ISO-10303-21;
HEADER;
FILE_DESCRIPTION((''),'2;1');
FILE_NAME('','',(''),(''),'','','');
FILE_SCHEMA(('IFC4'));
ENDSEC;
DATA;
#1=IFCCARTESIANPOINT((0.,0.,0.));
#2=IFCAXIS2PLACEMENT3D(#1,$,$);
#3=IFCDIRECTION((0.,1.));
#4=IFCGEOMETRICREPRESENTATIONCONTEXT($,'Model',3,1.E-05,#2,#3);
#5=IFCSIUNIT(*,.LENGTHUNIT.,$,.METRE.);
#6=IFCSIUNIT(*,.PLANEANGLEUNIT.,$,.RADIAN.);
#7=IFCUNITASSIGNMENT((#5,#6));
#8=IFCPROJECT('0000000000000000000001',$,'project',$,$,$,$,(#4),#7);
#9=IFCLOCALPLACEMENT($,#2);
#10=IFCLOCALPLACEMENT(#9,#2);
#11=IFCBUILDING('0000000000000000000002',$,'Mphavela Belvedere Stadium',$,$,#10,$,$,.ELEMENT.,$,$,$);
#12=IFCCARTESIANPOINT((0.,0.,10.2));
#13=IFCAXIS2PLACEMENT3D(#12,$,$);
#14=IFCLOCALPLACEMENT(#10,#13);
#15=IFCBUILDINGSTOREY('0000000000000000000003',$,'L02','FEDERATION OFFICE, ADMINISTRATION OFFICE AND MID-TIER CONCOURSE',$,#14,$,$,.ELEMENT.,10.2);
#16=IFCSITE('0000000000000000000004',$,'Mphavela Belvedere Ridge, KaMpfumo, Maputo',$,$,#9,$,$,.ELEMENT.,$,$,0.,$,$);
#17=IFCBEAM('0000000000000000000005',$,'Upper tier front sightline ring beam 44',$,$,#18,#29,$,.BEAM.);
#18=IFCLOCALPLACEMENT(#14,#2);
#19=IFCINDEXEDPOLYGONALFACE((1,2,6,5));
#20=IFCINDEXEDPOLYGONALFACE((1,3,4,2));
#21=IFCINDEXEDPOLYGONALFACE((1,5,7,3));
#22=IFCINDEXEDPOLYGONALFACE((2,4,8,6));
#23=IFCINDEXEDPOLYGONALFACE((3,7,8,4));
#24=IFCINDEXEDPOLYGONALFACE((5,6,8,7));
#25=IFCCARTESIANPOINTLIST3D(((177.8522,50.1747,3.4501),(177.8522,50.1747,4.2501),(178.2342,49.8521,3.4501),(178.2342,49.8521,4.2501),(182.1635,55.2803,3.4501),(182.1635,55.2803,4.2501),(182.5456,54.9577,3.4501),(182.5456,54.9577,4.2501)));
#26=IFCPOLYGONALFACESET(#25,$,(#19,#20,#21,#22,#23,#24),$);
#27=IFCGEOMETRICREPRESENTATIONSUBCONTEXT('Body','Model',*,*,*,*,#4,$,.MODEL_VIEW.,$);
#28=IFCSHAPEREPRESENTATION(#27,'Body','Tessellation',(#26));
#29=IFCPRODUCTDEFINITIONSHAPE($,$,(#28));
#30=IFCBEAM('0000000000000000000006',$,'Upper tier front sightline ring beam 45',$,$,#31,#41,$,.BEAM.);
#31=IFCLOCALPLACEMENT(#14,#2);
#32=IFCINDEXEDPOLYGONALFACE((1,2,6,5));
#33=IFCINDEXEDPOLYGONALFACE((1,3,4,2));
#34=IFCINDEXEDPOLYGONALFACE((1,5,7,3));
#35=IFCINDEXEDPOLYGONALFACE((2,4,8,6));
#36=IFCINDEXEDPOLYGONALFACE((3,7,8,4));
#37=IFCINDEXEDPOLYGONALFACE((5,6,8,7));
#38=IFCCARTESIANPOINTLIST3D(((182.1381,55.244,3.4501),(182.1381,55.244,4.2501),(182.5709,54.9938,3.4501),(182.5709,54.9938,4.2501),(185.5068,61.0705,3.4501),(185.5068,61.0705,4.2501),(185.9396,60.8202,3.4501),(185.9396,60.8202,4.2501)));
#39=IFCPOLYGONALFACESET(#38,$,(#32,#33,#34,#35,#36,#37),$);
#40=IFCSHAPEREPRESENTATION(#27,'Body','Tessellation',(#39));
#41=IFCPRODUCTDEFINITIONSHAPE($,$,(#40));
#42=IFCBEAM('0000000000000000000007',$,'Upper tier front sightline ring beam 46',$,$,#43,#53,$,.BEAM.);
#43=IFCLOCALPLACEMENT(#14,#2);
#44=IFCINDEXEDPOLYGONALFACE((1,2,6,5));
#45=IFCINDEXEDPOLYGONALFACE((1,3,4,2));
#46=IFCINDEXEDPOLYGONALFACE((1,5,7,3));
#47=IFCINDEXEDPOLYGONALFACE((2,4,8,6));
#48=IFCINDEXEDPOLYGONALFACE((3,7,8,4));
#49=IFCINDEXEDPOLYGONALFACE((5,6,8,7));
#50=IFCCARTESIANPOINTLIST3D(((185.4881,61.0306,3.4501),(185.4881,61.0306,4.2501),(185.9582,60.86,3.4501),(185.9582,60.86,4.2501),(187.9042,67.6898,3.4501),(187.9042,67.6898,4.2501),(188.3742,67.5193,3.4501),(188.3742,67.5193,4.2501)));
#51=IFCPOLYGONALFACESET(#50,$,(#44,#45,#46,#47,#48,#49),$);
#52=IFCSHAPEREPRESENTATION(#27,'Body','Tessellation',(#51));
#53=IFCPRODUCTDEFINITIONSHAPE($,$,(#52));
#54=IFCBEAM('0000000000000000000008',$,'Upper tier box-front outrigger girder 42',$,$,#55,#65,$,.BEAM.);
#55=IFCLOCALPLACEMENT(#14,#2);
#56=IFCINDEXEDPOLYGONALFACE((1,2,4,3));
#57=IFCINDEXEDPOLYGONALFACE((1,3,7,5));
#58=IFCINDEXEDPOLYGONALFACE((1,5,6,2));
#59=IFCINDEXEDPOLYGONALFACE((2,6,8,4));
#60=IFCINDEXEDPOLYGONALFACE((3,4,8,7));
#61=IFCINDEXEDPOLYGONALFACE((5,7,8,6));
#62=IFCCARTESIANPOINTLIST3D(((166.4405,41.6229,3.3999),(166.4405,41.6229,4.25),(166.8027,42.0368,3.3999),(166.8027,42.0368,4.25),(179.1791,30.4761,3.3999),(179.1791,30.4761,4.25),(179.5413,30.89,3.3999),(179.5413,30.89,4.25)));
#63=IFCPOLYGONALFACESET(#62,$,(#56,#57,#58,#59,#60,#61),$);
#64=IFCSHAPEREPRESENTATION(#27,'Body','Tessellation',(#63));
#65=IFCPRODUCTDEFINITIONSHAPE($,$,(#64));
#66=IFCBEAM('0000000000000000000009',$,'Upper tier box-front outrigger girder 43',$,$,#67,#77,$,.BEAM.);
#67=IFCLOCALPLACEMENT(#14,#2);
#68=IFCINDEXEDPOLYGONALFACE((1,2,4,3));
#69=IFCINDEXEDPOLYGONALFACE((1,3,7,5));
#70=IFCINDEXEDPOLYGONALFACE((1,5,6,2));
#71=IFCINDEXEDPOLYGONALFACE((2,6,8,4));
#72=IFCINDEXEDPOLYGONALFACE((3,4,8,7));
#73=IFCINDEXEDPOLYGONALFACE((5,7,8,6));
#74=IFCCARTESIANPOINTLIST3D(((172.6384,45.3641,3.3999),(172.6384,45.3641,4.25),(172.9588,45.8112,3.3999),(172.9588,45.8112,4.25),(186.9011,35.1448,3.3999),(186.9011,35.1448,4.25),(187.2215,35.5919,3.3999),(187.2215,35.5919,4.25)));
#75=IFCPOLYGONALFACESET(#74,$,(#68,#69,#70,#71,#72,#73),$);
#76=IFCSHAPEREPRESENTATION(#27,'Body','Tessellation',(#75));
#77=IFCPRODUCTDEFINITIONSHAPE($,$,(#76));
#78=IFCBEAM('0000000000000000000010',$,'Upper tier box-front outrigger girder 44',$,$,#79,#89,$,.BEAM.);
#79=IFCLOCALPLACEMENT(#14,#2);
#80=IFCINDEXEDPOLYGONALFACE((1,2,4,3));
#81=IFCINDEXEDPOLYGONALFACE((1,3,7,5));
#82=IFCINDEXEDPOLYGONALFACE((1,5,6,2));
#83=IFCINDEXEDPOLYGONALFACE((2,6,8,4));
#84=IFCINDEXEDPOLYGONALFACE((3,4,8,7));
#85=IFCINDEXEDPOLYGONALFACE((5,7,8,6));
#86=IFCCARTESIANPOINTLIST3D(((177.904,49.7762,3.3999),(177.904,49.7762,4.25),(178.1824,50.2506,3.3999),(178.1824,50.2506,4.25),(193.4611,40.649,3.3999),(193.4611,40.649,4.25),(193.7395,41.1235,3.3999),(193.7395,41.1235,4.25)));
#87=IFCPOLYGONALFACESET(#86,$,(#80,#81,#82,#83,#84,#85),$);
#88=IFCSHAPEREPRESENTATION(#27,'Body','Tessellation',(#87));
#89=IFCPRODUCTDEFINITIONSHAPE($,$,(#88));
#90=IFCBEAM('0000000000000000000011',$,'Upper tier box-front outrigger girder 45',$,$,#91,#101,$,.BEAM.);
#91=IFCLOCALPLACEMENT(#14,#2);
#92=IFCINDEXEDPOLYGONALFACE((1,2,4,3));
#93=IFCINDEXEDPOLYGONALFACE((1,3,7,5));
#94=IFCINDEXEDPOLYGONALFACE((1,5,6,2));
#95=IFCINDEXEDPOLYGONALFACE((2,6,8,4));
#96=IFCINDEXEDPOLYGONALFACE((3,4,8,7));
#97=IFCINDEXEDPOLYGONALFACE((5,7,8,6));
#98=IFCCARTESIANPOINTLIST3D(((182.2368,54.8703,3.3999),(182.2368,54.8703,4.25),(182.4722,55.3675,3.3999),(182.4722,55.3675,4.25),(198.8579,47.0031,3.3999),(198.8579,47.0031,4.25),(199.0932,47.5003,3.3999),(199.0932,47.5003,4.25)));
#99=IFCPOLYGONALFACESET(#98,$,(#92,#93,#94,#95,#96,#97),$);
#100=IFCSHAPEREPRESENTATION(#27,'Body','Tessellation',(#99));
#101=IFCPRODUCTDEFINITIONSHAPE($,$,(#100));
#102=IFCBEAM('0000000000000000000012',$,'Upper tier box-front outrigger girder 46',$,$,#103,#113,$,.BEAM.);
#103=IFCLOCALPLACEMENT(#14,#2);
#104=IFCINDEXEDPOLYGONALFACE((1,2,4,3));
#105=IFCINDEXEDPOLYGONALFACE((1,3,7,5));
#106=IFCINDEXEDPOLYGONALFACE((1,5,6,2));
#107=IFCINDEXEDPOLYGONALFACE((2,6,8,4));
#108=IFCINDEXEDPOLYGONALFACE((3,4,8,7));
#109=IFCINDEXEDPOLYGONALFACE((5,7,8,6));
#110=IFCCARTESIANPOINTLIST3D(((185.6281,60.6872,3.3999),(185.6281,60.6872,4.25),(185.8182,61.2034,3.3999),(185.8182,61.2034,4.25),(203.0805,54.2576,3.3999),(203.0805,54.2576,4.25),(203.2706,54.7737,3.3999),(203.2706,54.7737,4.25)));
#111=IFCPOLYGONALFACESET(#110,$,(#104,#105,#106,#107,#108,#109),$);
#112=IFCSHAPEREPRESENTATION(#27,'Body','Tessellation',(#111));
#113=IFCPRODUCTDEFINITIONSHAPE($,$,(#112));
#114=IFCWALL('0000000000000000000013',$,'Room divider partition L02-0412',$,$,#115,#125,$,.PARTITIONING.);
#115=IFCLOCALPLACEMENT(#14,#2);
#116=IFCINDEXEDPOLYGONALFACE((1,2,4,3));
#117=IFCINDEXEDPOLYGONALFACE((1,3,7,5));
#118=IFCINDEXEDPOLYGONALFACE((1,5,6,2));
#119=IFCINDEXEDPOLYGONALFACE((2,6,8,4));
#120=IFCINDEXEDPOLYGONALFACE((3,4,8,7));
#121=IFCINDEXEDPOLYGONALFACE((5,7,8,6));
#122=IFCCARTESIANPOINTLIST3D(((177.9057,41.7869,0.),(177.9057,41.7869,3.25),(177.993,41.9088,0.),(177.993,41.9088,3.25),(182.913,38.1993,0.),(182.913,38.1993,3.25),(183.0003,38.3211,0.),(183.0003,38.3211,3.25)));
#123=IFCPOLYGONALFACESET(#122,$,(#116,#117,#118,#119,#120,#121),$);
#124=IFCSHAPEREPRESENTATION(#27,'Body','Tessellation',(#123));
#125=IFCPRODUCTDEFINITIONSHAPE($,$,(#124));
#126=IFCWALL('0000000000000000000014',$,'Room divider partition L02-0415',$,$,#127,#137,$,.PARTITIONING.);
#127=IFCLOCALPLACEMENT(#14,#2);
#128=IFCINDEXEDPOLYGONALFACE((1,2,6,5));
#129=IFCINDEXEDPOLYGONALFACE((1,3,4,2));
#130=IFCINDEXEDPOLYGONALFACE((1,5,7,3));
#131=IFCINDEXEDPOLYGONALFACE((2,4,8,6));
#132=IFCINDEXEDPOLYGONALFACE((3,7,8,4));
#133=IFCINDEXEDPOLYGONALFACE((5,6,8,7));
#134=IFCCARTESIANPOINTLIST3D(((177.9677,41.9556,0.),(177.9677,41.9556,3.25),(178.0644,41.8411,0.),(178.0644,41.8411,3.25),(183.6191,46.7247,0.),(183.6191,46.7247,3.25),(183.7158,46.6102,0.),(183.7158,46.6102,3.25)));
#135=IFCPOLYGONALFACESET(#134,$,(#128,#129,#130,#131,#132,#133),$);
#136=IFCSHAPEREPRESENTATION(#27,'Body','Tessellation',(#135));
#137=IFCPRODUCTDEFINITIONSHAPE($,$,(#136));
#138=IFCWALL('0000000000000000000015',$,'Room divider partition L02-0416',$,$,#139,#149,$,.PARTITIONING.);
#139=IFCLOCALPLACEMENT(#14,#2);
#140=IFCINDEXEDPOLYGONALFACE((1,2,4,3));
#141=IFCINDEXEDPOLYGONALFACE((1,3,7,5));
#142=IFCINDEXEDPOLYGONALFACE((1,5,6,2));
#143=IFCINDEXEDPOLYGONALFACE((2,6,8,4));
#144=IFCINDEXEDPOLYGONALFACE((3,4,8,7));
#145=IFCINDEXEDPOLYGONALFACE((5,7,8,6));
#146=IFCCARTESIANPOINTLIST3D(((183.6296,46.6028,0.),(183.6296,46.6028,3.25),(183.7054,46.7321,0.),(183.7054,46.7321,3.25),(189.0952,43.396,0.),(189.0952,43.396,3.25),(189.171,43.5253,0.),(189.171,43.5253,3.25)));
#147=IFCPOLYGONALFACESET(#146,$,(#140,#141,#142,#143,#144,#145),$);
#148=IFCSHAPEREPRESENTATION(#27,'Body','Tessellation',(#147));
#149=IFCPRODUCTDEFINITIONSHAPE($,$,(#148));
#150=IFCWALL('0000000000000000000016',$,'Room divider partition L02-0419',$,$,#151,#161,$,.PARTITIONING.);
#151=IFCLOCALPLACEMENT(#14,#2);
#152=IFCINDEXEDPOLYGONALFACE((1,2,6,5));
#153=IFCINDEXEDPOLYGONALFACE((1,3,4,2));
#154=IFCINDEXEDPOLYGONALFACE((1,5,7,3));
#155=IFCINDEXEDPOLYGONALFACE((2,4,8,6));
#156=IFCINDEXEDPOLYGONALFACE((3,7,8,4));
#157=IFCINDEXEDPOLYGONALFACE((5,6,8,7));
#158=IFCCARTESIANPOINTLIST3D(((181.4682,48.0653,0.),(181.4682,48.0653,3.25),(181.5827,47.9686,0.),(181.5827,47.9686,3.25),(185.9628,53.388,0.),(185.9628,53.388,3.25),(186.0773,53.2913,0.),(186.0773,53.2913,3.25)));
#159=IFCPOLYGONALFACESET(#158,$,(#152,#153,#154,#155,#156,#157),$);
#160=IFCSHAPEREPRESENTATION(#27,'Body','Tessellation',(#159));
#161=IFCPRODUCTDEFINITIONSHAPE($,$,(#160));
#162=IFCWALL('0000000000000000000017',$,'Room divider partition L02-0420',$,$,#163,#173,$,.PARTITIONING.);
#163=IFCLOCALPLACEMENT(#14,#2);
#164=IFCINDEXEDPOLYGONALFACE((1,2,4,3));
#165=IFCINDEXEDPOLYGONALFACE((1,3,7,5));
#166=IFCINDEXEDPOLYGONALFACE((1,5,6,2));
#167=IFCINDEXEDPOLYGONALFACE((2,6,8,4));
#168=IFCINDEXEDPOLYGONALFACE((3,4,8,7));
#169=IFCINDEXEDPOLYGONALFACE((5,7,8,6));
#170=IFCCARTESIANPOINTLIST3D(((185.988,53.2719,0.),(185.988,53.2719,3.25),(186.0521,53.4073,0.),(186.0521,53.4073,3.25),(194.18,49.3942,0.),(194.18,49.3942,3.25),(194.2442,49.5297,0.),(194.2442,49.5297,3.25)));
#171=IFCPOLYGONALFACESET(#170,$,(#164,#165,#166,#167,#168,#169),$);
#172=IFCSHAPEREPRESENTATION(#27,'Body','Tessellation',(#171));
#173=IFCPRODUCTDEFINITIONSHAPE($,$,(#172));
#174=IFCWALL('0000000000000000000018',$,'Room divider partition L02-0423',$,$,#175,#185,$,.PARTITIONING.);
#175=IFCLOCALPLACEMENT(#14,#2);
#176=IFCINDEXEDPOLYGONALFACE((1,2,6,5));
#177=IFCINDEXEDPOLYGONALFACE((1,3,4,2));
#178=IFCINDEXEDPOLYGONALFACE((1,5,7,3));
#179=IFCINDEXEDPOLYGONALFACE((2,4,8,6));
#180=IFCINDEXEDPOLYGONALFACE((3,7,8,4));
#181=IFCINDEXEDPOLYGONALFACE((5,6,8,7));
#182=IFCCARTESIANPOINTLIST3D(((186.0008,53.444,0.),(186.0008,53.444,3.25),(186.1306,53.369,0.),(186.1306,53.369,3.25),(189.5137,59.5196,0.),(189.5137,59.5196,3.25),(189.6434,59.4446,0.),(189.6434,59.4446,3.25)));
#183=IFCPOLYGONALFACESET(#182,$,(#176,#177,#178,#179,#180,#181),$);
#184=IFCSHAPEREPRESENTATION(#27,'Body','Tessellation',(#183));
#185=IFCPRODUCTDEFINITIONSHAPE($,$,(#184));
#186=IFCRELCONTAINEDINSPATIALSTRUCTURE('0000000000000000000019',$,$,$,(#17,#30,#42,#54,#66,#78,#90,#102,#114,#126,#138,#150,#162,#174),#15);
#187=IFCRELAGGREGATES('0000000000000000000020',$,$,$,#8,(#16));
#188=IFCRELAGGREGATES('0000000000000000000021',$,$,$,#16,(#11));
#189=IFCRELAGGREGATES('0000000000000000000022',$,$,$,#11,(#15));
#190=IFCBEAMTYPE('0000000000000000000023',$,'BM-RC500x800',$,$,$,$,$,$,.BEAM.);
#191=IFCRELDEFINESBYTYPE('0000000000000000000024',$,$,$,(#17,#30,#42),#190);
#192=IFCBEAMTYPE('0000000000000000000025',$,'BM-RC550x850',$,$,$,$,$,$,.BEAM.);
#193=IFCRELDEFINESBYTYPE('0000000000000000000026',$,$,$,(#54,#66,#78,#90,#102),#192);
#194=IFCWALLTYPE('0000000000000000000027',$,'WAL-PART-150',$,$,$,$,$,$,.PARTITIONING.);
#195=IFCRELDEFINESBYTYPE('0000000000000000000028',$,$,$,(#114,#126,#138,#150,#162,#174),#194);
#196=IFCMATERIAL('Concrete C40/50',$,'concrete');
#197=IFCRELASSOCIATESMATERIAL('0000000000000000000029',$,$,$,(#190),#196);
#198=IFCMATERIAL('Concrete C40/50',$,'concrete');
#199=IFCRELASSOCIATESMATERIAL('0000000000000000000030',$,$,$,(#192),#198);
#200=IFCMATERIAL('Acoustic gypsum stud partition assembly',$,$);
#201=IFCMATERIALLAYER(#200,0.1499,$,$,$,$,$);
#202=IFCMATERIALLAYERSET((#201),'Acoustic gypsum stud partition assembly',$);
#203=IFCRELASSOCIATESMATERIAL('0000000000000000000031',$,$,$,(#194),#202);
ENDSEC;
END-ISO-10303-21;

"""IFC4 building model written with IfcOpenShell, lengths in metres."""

from ifc_helpers import new_model, si_unit, direction, frame, frame_2d, origin, origin_2d, place, context, subcontext, project, spatial, rectangle, extrude, material, layer, layer_set, material_profile, profile_set, type_object, element, save


model = new_model("IFC4")

# Units and contexts
model_context = context("Model", 3, precision=1e-05, world=origin(), true_north=direction((0.0, 1.0)))
body_context = subcontext(model_context, "Body", "Model", "MODEL_VIEW")
ifc_project = project(units=[si_unit("LENGTHUNIT", "METRE"), si_unit("PLANEANGLEUNIT", "RADIAN")], contexts=[model_context])

# Site, building, storey
site_placement = place(None, origin())
site = spatial("IfcSite", under=ifc_project, at=site_placement, Name="Mphavela Belvedere Ridge, KaMpfumo, Maputo", CompositionType="ELEMENT", RefElevation=0.0)
building_placement = place(site_placement, origin())
building = spatial("IfcBuilding", under=site, at=building_placement, Name="Mphavela Belvedere Stadium", CompositionType="ELEMENT")
storey_placement = place(building_placement, frame((0.0, 0.0, 10.2)))
storey = spatial("IfcBuildingStorey", under=building, at=storey_placement, Name="L02", Description="FEDERATION OFFICE, ADMINISTRATION OFFICE AND MID-TIER CONCOURSE", CompositionType="ELEMENT", Elevation=10.2)

# Beams
ifc_material_1 = material(Name="Concrete C40/50", Category="concrete")
ifc_material_profile_1 = material_profile(ifc_material_1, rectangle(XDim=0.5, YDim=0.8, at=origin_2d()), Name="RC 500x800")
ifc_profile_set_1 = profile_set([ifc_material_profile_1], Name="Concrete C40/50")
beam_type_1 = type_object("IfcBeamType", Name="BM-RC500x800", PredefinedType="BEAM", material=ifc_profile_set_1)
beam_1_placement = place(storey_placement, frame((178.0432, 50.0134, 3.8501), z_axis=(0.64518, 0.76403, 0.0), x_axis=(-0.76403, 0.64518, 0.0)))
element("IfcBeam", 1, at=beam_1_placement, inside=storey, type_object=beam_type_1, Name="Upper tier front sightline ring beam 44", PredefinedType="BEAM", context=body_context, shape_type="SweptSolid", body=[
    extrude(rectangle(XDim=0.5, YDim=0.8, at=origin_2d()), origin(), (0.0, 0.0, 1.0), 6.6824),
])
beam_2_placement = place(storey_placement, frame((182.3545, 55.1189, 3.8501), z_axis=(0.500531, 0.865718, 0.0), x_axis=(-0.865718, 0.500531, 0.0)))
element("IfcBeam", 2, at=beam_2_placement, inside=storey, type_object=beam_type_1, Name="Upper tier front sightline ring beam 45", PredefinedType="BEAM", context=body_context, shape_type="SweptSolid", body=[
    extrude(rectangle(XDim=0.5, YDim=0.8, at=origin_2d()), origin(), (0.0, 0.0, 1.0), 6.7302),
])
beam_3_placement = place(storey_placement, frame((185.7231, 60.9453, 3.8501), z_axis=(0.341057, 0.940043, 0.0), x_axis=(-0.940043, 0.341057, 0.0)))
element("IfcBeam", 3, at=beam_3_placement, inside=storey, type_object=beam_type_1, Name="Upper tier front sightline ring beam 46", PredefinedType="BEAM", context=body_context, shape_type="SweptSolid", body=[
    extrude(rectangle(XDim=0.5, YDim=0.8, at=origin_2d()), origin(), (0.0, 0.0, 1.0), 7.084),
])
ifc_material_2 = material(Name="Concrete C40/50", Category="concrete")
ifc_material_profile_2 = material_profile(ifc_material_2, rectangle(XDim=0.55, YDim=0.8501, at=origin_2d()), Name="RC 550x850")
ifc_profile_set_2 = profile_set([ifc_material_profile_2], Name="Concrete C40/50")
beam_type_2 = type_object("IfcBeamType", Name="BM-RC550x850", PredefinedType="BEAM", material=ifc_profile_set_2)
beam_4_placement = place(storey_placement, frame((166.6216, 41.8298, 3.825), z_axis=(0.752562, -0.658522, 0.0), x_axis=(0.658522, 0.752562, 0.0)))
element("IfcBeam", 4, at=beam_4_placement, inside=storey, type_object=beam_type_2, Name="Upper tier box-front outrigger girder 42", PredefinedType="BEAM", context=body_context, shape_type="SweptSolid", body=[
    extrude(rectangle(XDim=0.55, YDim=0.8501, at=origin_2d()), origin(), (0.0, 0.0, 1.0), 16.927),
])
beam_5_placement = place(storey_placement, frame((172.7986, 45.5876, 3.825), z_axis=(0.812881, -0.58243, 0.0), x_axis=(0.58243, 0.812881, 0.0)))
element("IfcBeam", 5, at=beam_5_placement, inside=storey, type_object=beam_type_2, Name="Upper tier box-front outrigger girder 43", PredefinedType="BEAM", context=body_context, shape_type="SweptSolid", body=[
    extrude(rectangle(XDim=0.55, YDim=0.8501, at=origin_2d()), origin(), (0.0, 0.0, 1.0), 17.5459),
])
beam_6_placement = place(storey_placement, frame((178.0432, 50.0134, 3.825), z_axis=(0.862516, -0.506029, 0.0), x_axis=(0.506029, 0.862516, 0.0)))
element("IfcBeam", 6, at=beam_6_placement, inside=storey, type_object=beam_type_2, Name="Upper tier box-front outrigger girder 44", PredefinedType="BEAM", context=body_context, shape_type="SweptSolid", body=[
    extrude(rectangle(XDim=0.55, YDim=0.8501, at=origin_2d()), origin(), (0.0, 0.0, 1.0), 18.0369),
])
beam_7_placement = place(storey_placement, frame((182.3545, 55.1189, 3.825), z_axis=(0.903863, -0.427822, 0.0), x_axis=(0.427822, 0.903863, 0.0)))
element("IfcBeam", 7, at=beam_7_placement, inside=storey, type_object=beam_type_2, Name="Upper tier box-front outrigger girder 45", PredefinedType="BEAM", context=body_context, shape_type="SweptSolid", body=[
    extrude(rectangle(XDim=0.55, YDim=0.8501, at=origin_2d()), origin(), (0.0, 0.0, 1.0), 18.3889),
])
beam_8_placement = place(storey_placement, frame((185.7231, 60.9453, 3.825), z_axis=(0.938346, -0.345699, 0.0), x_axis=(0.345699, 0.938346, 0.0)))
element("IfcBeam", 8, at=beam_8_placement, inside=storey, type_object=beam_type_2, Name="Upper tier box-front outrigger girder 46", PredefinedType="BEAM", context=body_context, shape_type="SweptSolid", body=[
    extrude(rectangle(XDim=0.55, YDim=0.8501, at=origin_2d()), origin(), (0.0, 0.0, 1.0), 18.5991),
])

# Walls
ifc_material_3 = material(Name="Acoustic gypsum stud partition assembly")
ifc_layer = layer(ifc_material_3, 0.1499)
ifc_layer_set = layer_set([ifc_layer], Name="Acoustic gypsum stud partition assembly")
wall_type = type_object("IfcWallType", Name="WAL-PART-150", PredefinedType="PARTITIONING", material=ifc_layer_set)
wall_1_placement = place(storey_placement, frame((177.9492, 41.8479, 0.0), z_axis=(0.0, 0.0, 1.0), x_axis=(0.812889, -0.582419, 0.0)))
element("IfcWall", 9, at=wall_1_placement, inside=storey, type_object=wall_type, Name="Room divider partition L02-0412", PredefinedType="PARTITIONING", context=body_context, shape_type="SweptSolid", body=[
    extrude(rectangle(XDim=6.1599, YDim=0.1499, at=frame_2d((3.0801, 0.0))), origin(), (0.0, 0.0, 1.0), 3.25),
])
wall_2_placement = place(storey_placement, frame((178.0161, 41.8984, 0.0), z_axis=(0.0, 0.0, 1.0), x_axis=(0.764245, 0.644926, 0.0)))
element("IfcWall", 10, at=wall_2_placement, inside=storey, type_object=wall_type, Name="Room divider partition L02-0415", PredefinedType="PARTITIONING", context=body_context, shape_type="SweptSolid", body=[
    extrude(rectangle(XDim=7.3948, YDim=0.1499, at=frame_2d((3.6973, 0.0))), origin(), (0.0, 0.0, 1.0), 3.25),
])
wall_3_placement = place(storey_placement, frame((183.6675, 46.6675, 0.0), z_axis=(0.0, 0.0, 1.0), x_axis=(0.862503, -0.506052, 0.0)))
element("IfcWall", 11, at=wall_3_placement, inside=storey, type_object=wall_type, Name="Room divider partition L02-0416", PredefinedType="PARTITIONING", context=body_context, shape_type="SweptSolid", body=[
    extrude(rectangle(XDim=6.3369, YDim=0.1499, at=frame_2d((3.1685, 0.0))), origin(), (0.0, 0.0, 1.0), 3.25),
])
wall_4_placement = place(storey_placement, frame((181.5254, 48.0168, 0.0), z_axis=(0.0, 0.0, 1.0), x_axis=(0.645169, 0.76404, 0.0)))
element("IfcWall", 12, at=wall_4_placement, inside=storey, type_object=wall_type, Name="Room divider partition L02-0419", PredefinedType="PARTITIONING", context=body_context, shape_type="SweptSolid", body=[
    extrude(rectangle(XDim=6.9666, YDim=0.1499, at=frame_2d((3.4834, 0.0))), origin(), (0.0, 0.0, 1.0), 3.25),
])
wall_5_placement = place(storey_placement, frame((186.02, 53.3396, 0.0), z_axis=(0.0, 0.0, 1.0), x_axis=(0.903857, -0.427834, 0.0)))
element("IfcWall", 13, at=wall_5_placement, inside=storey, type_object=wall_type, Name="Room divider partition L02-0420", PredefinedType="PARTITIONING", context=body_context, shape_type="SweptSolid", body=[
    extrude(rectangle(XDim=9.0635, YDim=0.1499, at=frame_2d((4.5317, 0.0))), origin(), (0.0, 0.0, 1.0), 3.25),
])
wall_6_placement = place(storey_placement, frame((186.0657, 53.4065, 0.0), z_axis=(0.0, 0.0, 1.0), x_axis=(0.500549, 0.865708, 0.0)))
element("IfcWall", 14, at=wall_6_placement, inside=storey, type_object=wall_type, Name="Room divider partition L02-0423", PredefinedType="PARTITIONING", context=body_context, shape_type="SweptSolid", body=[
    extrude(rectangle(XDim=7.0181, YDim=0.1499, at=frame_2d((3.509, 0.0))), origin(), (0.0, 0.0, 1.0), 3.25),
])

save(model, "model.ifc")
